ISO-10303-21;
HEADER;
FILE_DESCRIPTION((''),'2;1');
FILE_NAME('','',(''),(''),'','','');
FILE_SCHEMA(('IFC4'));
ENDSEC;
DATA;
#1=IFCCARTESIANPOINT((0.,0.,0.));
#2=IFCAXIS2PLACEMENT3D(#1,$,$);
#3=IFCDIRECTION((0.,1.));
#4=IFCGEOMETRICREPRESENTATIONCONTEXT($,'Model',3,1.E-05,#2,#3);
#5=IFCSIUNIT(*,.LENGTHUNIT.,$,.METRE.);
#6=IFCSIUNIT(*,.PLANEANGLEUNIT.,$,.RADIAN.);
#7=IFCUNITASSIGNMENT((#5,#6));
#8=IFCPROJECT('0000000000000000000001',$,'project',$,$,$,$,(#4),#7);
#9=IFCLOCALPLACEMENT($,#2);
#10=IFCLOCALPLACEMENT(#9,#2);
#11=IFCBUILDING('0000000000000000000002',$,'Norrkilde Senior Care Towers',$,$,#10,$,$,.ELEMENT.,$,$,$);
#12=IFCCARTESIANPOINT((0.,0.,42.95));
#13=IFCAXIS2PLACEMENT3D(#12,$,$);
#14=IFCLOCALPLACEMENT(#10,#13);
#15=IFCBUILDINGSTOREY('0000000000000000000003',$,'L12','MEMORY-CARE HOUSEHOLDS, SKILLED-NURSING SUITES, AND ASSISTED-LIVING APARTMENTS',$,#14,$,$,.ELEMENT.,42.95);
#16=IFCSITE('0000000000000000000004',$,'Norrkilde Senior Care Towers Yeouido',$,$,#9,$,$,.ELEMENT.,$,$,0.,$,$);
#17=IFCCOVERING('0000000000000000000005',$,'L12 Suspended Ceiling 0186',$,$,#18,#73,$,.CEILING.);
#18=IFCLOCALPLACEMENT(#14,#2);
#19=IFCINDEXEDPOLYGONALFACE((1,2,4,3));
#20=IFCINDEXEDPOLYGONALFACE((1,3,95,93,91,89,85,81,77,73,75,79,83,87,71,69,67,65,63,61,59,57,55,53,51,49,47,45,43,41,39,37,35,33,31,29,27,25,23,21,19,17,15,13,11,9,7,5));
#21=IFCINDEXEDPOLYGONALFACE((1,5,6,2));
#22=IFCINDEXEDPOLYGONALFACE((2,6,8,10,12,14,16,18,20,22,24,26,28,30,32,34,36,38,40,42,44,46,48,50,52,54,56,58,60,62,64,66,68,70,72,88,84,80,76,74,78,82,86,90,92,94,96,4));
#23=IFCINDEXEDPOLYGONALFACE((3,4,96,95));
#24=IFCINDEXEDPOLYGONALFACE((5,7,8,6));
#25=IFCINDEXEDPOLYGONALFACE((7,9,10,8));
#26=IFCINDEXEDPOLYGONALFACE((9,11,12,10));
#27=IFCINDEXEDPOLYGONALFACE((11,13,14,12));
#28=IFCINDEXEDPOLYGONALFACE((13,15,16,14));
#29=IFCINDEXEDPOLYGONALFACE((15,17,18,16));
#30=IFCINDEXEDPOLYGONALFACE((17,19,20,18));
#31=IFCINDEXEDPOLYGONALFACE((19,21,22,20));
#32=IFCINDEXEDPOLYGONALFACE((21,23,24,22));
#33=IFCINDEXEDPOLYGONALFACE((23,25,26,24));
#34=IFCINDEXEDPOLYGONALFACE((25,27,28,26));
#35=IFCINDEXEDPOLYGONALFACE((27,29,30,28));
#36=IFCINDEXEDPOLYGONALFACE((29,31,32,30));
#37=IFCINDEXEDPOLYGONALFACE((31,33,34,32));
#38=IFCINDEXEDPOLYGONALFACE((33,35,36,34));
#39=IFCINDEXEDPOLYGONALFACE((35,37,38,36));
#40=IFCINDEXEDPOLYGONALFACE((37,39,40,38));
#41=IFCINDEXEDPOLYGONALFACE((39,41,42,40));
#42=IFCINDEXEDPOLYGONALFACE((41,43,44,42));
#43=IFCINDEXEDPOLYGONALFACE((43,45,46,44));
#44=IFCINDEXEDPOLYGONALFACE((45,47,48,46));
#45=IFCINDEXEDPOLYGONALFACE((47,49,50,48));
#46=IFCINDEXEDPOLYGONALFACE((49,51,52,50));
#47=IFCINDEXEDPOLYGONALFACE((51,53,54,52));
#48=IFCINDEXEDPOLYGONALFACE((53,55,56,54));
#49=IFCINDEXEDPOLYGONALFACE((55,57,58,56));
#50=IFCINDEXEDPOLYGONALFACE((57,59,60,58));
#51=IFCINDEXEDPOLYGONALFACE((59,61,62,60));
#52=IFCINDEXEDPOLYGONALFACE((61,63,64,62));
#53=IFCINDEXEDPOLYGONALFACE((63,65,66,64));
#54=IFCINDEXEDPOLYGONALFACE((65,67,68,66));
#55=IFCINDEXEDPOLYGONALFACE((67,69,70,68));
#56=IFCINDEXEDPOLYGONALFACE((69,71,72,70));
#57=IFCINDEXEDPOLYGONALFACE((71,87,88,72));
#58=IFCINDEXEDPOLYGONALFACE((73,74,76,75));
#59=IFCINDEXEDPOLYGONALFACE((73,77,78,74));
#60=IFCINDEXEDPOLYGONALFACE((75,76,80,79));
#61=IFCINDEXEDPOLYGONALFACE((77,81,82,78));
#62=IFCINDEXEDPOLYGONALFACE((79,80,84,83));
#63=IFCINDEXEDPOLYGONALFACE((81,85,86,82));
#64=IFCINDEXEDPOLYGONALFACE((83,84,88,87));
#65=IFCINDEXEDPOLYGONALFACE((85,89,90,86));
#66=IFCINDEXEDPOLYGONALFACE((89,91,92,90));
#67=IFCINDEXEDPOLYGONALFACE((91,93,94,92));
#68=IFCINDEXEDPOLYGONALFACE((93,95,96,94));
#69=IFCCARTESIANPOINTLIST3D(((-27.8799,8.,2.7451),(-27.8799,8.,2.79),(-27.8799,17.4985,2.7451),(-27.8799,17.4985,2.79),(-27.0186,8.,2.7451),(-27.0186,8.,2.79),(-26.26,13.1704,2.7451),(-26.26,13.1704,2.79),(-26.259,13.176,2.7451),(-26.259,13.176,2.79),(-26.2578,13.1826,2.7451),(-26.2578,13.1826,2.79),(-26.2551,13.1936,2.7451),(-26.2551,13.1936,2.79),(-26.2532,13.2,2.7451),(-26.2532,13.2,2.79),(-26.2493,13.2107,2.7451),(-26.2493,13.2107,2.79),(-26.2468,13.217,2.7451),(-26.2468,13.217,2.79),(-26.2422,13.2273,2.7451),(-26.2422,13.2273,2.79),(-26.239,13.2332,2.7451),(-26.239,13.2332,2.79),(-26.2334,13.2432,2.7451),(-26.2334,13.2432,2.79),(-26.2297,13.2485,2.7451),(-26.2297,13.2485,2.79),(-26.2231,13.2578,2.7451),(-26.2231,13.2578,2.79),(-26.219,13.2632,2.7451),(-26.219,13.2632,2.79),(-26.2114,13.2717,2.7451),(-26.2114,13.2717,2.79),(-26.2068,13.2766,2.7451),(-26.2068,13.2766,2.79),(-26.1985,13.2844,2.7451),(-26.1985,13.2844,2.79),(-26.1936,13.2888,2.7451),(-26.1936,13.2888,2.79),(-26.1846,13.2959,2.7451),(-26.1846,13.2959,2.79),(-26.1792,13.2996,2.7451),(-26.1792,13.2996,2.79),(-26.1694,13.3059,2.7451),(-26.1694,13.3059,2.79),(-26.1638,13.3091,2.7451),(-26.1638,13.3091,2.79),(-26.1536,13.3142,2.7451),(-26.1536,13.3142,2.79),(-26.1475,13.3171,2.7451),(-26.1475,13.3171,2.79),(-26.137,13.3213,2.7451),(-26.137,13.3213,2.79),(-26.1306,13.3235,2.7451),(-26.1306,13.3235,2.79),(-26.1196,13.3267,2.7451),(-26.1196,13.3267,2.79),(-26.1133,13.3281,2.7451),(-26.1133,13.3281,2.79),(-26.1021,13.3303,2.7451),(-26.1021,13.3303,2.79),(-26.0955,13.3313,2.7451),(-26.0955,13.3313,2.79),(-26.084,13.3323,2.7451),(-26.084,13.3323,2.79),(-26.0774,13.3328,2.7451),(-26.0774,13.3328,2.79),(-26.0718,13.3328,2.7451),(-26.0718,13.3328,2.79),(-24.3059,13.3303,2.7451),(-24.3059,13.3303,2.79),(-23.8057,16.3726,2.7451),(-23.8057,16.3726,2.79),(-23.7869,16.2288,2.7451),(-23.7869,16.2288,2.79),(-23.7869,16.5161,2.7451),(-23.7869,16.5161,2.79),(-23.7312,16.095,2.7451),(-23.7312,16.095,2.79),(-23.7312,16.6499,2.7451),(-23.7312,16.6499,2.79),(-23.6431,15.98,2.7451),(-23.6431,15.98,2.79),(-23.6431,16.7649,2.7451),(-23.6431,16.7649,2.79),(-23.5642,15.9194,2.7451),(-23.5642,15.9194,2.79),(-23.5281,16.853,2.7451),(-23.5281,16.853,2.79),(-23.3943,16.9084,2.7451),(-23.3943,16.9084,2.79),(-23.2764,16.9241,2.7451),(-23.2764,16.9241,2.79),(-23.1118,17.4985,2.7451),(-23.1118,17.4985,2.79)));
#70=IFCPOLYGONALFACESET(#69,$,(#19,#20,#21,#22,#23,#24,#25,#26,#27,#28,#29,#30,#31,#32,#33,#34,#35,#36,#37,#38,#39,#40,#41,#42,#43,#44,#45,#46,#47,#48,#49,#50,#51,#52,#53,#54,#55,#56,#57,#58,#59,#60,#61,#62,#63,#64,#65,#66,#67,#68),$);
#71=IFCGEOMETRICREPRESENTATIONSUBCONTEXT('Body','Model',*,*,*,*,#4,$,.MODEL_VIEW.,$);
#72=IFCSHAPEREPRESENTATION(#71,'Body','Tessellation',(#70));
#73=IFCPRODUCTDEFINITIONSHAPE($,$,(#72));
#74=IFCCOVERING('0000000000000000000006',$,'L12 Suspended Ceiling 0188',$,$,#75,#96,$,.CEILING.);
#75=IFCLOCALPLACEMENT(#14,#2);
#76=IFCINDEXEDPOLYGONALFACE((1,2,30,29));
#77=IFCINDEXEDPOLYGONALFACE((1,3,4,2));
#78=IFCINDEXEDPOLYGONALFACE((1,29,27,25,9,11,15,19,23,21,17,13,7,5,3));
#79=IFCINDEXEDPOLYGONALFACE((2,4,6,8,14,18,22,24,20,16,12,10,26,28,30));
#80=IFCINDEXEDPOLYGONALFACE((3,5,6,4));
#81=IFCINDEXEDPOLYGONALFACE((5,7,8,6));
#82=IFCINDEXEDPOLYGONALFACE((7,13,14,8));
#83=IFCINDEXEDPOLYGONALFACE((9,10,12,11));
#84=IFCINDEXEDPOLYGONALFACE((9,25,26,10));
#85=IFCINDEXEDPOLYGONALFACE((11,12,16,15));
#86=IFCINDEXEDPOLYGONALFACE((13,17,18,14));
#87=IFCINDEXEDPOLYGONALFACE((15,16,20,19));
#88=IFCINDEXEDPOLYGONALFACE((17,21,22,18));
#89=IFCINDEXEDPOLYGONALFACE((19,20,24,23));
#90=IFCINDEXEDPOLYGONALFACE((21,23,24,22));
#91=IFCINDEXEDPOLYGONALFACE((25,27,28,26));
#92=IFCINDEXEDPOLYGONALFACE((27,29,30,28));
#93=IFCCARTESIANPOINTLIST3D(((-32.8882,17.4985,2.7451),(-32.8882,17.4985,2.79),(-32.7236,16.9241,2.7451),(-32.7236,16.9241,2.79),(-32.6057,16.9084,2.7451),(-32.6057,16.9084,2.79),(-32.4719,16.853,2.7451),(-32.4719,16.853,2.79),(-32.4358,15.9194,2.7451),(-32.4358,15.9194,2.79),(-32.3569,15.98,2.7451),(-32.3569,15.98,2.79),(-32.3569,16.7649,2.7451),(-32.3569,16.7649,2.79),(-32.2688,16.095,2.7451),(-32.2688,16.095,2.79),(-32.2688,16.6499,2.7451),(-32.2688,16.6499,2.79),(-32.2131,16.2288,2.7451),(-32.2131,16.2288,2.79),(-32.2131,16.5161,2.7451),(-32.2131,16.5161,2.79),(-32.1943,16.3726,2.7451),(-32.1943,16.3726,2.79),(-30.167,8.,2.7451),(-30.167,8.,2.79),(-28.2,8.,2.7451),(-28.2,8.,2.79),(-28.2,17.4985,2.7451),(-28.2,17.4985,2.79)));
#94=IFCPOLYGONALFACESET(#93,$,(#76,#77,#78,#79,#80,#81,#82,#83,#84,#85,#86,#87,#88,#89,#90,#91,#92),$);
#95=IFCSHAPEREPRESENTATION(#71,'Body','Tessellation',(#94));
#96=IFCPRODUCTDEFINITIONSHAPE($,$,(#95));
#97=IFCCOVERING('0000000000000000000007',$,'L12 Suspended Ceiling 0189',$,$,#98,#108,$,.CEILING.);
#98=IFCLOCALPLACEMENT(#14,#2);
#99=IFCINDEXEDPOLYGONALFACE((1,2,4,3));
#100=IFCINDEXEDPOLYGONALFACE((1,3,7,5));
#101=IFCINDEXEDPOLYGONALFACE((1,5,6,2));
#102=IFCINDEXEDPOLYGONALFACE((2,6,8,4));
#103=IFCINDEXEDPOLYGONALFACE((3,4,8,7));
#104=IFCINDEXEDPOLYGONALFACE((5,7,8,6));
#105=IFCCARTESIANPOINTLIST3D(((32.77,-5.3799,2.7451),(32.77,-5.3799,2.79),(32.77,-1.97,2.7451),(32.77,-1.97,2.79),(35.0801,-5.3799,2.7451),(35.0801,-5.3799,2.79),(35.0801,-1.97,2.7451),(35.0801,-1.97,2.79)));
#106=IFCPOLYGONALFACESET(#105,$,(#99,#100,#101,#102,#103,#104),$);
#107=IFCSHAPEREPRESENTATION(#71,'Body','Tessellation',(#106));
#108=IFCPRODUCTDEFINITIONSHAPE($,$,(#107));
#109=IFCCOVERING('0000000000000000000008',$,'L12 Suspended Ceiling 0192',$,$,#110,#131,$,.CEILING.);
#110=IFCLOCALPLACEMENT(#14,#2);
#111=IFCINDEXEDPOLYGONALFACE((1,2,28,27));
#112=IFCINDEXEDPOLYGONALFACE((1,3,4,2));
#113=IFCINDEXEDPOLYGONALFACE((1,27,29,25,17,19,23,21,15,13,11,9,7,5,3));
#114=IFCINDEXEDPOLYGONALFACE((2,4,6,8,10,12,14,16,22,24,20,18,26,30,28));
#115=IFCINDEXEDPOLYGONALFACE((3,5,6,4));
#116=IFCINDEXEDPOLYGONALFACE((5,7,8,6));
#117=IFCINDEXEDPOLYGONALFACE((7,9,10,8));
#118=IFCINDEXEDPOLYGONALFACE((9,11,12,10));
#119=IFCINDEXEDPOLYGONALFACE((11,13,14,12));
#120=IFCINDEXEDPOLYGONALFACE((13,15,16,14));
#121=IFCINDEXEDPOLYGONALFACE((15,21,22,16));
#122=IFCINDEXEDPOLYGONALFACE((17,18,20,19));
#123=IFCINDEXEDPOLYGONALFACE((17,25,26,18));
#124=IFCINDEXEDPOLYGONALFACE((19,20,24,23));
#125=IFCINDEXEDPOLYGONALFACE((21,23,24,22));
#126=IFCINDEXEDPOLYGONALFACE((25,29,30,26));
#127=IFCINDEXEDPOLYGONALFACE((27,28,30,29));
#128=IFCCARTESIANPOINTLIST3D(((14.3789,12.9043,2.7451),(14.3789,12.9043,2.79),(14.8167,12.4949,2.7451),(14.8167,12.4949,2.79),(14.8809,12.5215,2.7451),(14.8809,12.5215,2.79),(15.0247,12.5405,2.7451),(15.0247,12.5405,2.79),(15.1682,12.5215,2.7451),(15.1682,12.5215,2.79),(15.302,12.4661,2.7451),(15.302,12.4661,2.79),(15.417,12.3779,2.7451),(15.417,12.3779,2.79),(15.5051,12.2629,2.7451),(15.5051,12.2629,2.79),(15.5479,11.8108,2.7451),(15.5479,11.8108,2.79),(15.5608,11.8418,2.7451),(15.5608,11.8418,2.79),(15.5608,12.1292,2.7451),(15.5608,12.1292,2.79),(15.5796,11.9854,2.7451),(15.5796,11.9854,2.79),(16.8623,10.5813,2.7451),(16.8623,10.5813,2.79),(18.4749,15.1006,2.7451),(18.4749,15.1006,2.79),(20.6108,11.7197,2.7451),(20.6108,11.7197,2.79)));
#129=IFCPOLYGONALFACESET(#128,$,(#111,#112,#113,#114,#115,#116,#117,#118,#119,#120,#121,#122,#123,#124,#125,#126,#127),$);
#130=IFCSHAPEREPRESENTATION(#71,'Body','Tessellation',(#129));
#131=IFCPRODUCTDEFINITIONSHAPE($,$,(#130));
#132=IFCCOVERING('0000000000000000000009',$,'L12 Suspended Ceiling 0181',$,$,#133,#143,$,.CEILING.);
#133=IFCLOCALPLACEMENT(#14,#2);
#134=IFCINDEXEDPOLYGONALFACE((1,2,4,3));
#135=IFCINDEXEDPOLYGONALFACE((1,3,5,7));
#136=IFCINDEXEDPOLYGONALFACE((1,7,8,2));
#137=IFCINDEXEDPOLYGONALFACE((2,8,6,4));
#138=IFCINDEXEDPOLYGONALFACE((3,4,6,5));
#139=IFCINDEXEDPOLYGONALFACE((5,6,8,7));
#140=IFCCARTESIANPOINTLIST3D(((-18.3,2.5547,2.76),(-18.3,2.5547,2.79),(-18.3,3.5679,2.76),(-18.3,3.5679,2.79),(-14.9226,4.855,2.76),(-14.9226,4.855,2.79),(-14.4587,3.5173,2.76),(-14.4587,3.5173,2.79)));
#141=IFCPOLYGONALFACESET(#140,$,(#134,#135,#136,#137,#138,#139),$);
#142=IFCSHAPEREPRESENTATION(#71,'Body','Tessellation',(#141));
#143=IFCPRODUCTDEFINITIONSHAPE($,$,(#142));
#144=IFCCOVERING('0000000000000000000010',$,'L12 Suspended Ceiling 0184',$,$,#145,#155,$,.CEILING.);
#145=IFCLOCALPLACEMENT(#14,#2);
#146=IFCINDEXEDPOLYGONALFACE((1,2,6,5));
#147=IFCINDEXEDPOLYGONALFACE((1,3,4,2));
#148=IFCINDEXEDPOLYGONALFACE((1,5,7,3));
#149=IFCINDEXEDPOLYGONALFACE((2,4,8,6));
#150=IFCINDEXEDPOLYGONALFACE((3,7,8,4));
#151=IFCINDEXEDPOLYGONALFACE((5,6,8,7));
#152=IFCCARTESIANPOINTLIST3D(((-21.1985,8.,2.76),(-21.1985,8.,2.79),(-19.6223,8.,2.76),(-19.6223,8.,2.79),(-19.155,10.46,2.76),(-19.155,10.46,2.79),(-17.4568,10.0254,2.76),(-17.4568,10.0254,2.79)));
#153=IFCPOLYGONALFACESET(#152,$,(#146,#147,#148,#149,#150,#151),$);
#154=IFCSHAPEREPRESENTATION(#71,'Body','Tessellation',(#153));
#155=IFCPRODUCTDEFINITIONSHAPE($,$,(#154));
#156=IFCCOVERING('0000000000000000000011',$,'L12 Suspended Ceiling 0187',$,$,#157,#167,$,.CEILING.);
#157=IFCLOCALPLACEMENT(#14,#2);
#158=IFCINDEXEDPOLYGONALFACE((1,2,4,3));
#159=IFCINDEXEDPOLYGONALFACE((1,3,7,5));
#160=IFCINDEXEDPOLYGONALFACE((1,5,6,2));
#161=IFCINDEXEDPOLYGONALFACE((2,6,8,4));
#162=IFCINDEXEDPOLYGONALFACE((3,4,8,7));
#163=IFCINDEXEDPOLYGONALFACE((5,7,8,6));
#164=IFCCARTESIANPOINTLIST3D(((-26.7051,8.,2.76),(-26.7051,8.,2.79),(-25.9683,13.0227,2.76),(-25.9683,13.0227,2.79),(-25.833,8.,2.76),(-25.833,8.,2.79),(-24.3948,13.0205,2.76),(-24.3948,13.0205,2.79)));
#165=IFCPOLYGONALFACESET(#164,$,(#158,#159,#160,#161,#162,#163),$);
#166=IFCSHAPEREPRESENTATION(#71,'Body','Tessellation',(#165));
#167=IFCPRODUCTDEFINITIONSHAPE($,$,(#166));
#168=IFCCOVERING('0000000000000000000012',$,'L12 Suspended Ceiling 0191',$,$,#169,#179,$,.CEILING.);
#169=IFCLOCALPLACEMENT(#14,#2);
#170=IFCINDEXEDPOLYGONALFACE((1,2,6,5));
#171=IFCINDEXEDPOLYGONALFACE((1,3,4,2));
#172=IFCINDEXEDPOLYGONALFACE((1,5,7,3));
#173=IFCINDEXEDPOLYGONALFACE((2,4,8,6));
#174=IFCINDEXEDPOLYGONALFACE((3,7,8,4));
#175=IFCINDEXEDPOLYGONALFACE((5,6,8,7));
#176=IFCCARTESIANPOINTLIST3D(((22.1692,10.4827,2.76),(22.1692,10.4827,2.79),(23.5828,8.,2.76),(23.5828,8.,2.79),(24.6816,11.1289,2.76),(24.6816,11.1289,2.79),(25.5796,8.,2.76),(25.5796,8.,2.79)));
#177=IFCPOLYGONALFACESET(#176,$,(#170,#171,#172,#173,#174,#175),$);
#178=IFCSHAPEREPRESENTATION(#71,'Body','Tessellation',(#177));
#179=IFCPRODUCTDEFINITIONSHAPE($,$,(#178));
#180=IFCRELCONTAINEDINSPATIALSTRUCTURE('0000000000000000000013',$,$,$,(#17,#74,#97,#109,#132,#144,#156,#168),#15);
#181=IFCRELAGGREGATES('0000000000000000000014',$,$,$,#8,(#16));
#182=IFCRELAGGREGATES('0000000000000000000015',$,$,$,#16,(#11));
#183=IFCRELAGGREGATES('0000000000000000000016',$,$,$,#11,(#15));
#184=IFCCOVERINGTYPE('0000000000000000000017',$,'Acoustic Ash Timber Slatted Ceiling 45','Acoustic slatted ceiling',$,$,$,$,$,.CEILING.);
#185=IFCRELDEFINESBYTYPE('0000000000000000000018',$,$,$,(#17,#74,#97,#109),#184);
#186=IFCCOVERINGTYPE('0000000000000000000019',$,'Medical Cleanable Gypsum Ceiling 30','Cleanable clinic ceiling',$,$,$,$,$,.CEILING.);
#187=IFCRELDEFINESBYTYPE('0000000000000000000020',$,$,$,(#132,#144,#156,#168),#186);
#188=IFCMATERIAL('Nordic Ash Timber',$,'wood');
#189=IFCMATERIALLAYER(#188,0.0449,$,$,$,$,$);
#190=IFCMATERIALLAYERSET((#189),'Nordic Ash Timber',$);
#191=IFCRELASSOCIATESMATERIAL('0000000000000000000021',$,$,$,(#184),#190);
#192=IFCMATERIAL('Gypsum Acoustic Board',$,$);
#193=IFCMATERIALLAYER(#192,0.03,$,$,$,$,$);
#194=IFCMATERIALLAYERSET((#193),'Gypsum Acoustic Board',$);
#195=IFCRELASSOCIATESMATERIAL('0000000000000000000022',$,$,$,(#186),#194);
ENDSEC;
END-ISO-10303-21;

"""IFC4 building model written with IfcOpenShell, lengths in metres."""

from ifc_helpers import new_model, si_unit, direction, frame, origin, place, context, subcontext, project, spatial, polyline, outline, extrude, material, layer, layer_set, type_object, element, save


model = new_model("IFC4")

# Units and contexts
model_context = context("Model", 3, precision=1e-05, world=origin(), true_north=direction((0.0, 1.0)))
body_context = subcontext(model_context, "Body", "Model", "MODEL_VIEW")
ifc_project = project(units=[si_unit("LENGTHUNIT", "METRE"), si_unit("PLANEANGLEUNIT", "RADIAN")], contexts=[model_context])

# Site, building, storey
site_placement = place(None, origin())
site = spatial("IfcSite", under=ifc_project, at=site_placement, Name="Norrkilde Senior Care Towers Yeouido", CompositionType="ELEMENT", RefElevation=0.0)
building_placement = place(site_placement, origin())
building = spatial("IfcBuilding", under=site, at=building_placement, Name="Norrkilde Senior Care Towers", CompositionType="ELEMENT")
storey_placement = place(building_placement, frame((0.0, 0.0, 42.95)))
storey = spatial("IfcBuildingStorey", under=building, at=storey_placement, Name="L12", Description="MEMORY-CARE HOUSEHOLDS, SKILLED-NURSING SUITES, AND ASSISTED-LIVING APARTMENTS", CompositionType="ELEMENT", Elevation=42.95)

# Coverings
ifc_material_1 = material(Name="Nordic Ash Timber", Category="wood")
ifc_layer_1 = layer(ifc_material_1, 0.0449)
ifc_layer_set_1 = layer_set([ifc_layer_1], Name="Nordic Ash Timber")
covering_type_1 = type_object("IfcCoveringType", Name="Acoustic Ash Timber Slatted Ceiling 45", Description="Acoustic slatted ceiling", PredefinedType="CEILING", material=ifc_layer_set_1)
covering_1_placement = place(storey_placement, frame((0.0, 0.0, 2.7451)))
element("IfcCovering", 1, at=covering_1_placement, inside=storey, type_object=covering_type_1, Name="L12 Suspended Ceiling 0186", PredefinedType="CEILING", context=body_context, shape_type="SweptSolid", body=[
    extrude(outline(polyline([(-26.0955, 13.3313), (-26.1021, 13.3303), (-26.1133, 13.3281), (-26.1196, 13.3267), (-26.1306, 13.3235), (-26.137, 13.3213), (-26.1475, 13.3171), (-26.1536, 13.3142), (-26.1638, 13.3091), (-26.1694, 13.3059), (-26.1792, 13.2996), (-26.1846, 13.2959), (-26.1936, 13.2888), (-26.1985, 13.2844), (-26.2068, 13.2766), (-26.2114, 13.2717), (-26.219, 13.2632), (-26.2231, 13.2578), (-26.2297, 13.2485), (-26.2334, 13.2432), (-26.239, 13.2332), (-26.2422, 13.2273), (-26.2468, 13.217), (-26.2493, 13.2107), (-26.2532, 13.2), (-26.2551, 13.1936), (-26.2578, 13.1826), (-26.259, 13.176), (-26.26, 13.1704), (-27.0186, 8.0), (-27.8799, 8.0), (-27.8799, 17.4985), (-23.1118, 17.4985), (-23.2764, 16.9241), (-23.3943, 16.9084), (-23.5281, 16.853), (-23.6431, 16.7649), (-23.7312, 16.6499), (-23.7869, 16.5161), (-23.8057, 16.3726), (-23.7869, 16.2288), (-23.7312, 16.095), (-23.6431, 15.98), (-23.5642, 15.9194), (-24.3059, 13.3303), (-26.0718, 13.3328), (-26.0774, 13.3328), (-26.084, 13.3323), (-26.0955, 13.3313)])), origin(), (0.0, 0.0, 1.0), 0.0449),
])
covering_2_placement = place(storey_placement, frame((0.0, 0.0, 2.7451)))
element("IfcCovering", 2, at=covering_2_placement, inside=storey, type_object=covering_type_1, Name="L12 Suspended Ceiling 0188", PredefinedType="CEILING", context=body_context, shape_type="SweptSolid", body=[
    extrude(outline(polyline([(-28.2, 17.4985), (-28.2, 8.0), (-30.167, 8.0), (-32.4358, 15.9194), (-32.3569, 15.98), (-32.2688, 16.095), (-32.2131, 16.2288), (-32.1943, 16.3726), (-32.2131, 16.5161), (-32.2688, 16.6499), (-32.3569, 16.7649), (-32.4719, 16.853), (-32.6057, 16.9084), (-32.7236, 16.9241), (-32.8882, 17.4985), (-28.2, 17.4985)])), origin(), (0.0, 0.0, 1.0), 0.0449),
])
covering_3_placement = place(storey_placement, frame((0.0, 0.0, 2.7451)))
element("IfcCovering", 3, at=covering_3_placement, inside=storey, type_object=covering_type_1, Name="L12 Suspended Ceiling 0189", PredefinedType="CEILING", context=body_context, shape_type="SweptSolid", body=[
    extrude(outline(polyline([(32.77, -5.3799), (32.77, -1.97), (35.0801, -1.97), (35.0801, -5.3799), (32.77, -5.3799)])), origin(), (0.0, 0.0, 1.0), 0.0449),
])
covering_4_placement = place(storey_placement, frame((0.0, 0.0, 2.7451)))
element("IfcCovering", 4, at=covering_4_placement, inside=storey, type_object=covering_type_1, Name="L12 Suspended Ceiling 0192", PredefinedType="CEILING", context=body_context, shape_type="SweptSolid", body=[
    extrude(outline(polyline([(15.5479, 11.8108), (15.5608, 11.8418), (15.5796, 11.9854), (15.5608, 12.1292), (15.5051, 12.2629), (15.417, 12.3779), (15.302, 12.4661), (15.1682, 12.5215), (15.0247, 12.5405), (14.8809, 12.5215), (14.8167, 12.4949), (14.3789, 12.9043), (18.4749, 15.1006), (20.6108, 11.7197), (16.8623, 10.5813), (15.5479, 11.8108)])), origin(), (0.0, 0.0, 1.0), 0.0449),
])
ifc_material_2 = material(Name="Gypsum Acoustic Board")
ifc_layer_2 = layer(ifc_material_2, 0.03)
ifc_layer_set_2 = layer_set([ifc_layer_2], Name="Gypsum Acoustic Board")
covering_type_2 = type_object("IfcCoveringType", Name="Medical Cleanable Gypsum Ceiling 30", Description="Cleanable clinic ceiling", PredefinedType="CEILING", material=ifc_layer_set_2)
covering_5_placement = place(storey_placement, frame((0.0, 0.0, 2.76)))
element("IfcCovering", 5, at=covering_5_placement, inside=storey, type_object=covering_type_2, Name="L12 Suspended Ceiling 0181", PredefinedType="CEILING", context=body_context, shape_type="SweptSolid", body=[
    extrude(outline(polyline([(-14.4587, 3.5173), (-18.3, 2.5547), (-18.3, 3.5679), (-14.9226, 4.855), (-14.4587, 3.5173)])), origin(), (0.0, 0.0, 1.0), 0.03),
])
covering_6_placement = place(storey_placement, frame((0.0, 0.0, 2.76)))
element("IfcCovering", 6, at=covering_6_placement, inside=storey, type_object=covering_type_2, Name="L12 Suspended Ceiling 0184", PredefinedType="CEILING", context=body_context, shape_type="SweptSolid", body=[
    extrude(outline(polyline([(-17.4568, 10.0254), (-19.6223, 8.0), (-21.1985, 8.0), (-19.155, 10.46), (-17.4568, 10.0254)])), origin(), (0.0, 0.0, 1.0), 0.03),
])
covering_7_placement = place(storey_placement, frame((0.0, 0.0, 2.76)))
element("IfcCovering", 7, at=covering_7_placement, inside=storey, type_object=covering_type_2, Name="L12 Suspended Ceiling 0187", PredefinedType="CEILING", context=body_context, shape_type="SweptSolid", body=[
    extrude(outline(polyline([(-24.3948, 13.0205), (-25.833, 8.0), (-26.7051, 8.0), (-25.9683, 13.0227), (-24.3948, 13.0205)])), origin(), (0.0, 0.0, 1.0), 0.03),
])
covering_8_placement = place(storey_placement, frame((0.0, 0.0, 2.76)))
element("IfcCovering", 8, at=covering_8_placement, inside=storey, type_object=covering_type_2, Name="L12 Suspended Ceiling 0191", PredefinedType="CEILING", context=body_context, shape_type="SweptSolid", body=[
    extrude(outline(polyline([(24.6816, 11.1289), (25.5796, 8.0), (23.5828, 8.0), (22.1692, 10.4827), (24.6816, 11.1289)])), origin(), (0.0, 0.0, 1.0), 0.03),
])

save(model, "model.ifc")
